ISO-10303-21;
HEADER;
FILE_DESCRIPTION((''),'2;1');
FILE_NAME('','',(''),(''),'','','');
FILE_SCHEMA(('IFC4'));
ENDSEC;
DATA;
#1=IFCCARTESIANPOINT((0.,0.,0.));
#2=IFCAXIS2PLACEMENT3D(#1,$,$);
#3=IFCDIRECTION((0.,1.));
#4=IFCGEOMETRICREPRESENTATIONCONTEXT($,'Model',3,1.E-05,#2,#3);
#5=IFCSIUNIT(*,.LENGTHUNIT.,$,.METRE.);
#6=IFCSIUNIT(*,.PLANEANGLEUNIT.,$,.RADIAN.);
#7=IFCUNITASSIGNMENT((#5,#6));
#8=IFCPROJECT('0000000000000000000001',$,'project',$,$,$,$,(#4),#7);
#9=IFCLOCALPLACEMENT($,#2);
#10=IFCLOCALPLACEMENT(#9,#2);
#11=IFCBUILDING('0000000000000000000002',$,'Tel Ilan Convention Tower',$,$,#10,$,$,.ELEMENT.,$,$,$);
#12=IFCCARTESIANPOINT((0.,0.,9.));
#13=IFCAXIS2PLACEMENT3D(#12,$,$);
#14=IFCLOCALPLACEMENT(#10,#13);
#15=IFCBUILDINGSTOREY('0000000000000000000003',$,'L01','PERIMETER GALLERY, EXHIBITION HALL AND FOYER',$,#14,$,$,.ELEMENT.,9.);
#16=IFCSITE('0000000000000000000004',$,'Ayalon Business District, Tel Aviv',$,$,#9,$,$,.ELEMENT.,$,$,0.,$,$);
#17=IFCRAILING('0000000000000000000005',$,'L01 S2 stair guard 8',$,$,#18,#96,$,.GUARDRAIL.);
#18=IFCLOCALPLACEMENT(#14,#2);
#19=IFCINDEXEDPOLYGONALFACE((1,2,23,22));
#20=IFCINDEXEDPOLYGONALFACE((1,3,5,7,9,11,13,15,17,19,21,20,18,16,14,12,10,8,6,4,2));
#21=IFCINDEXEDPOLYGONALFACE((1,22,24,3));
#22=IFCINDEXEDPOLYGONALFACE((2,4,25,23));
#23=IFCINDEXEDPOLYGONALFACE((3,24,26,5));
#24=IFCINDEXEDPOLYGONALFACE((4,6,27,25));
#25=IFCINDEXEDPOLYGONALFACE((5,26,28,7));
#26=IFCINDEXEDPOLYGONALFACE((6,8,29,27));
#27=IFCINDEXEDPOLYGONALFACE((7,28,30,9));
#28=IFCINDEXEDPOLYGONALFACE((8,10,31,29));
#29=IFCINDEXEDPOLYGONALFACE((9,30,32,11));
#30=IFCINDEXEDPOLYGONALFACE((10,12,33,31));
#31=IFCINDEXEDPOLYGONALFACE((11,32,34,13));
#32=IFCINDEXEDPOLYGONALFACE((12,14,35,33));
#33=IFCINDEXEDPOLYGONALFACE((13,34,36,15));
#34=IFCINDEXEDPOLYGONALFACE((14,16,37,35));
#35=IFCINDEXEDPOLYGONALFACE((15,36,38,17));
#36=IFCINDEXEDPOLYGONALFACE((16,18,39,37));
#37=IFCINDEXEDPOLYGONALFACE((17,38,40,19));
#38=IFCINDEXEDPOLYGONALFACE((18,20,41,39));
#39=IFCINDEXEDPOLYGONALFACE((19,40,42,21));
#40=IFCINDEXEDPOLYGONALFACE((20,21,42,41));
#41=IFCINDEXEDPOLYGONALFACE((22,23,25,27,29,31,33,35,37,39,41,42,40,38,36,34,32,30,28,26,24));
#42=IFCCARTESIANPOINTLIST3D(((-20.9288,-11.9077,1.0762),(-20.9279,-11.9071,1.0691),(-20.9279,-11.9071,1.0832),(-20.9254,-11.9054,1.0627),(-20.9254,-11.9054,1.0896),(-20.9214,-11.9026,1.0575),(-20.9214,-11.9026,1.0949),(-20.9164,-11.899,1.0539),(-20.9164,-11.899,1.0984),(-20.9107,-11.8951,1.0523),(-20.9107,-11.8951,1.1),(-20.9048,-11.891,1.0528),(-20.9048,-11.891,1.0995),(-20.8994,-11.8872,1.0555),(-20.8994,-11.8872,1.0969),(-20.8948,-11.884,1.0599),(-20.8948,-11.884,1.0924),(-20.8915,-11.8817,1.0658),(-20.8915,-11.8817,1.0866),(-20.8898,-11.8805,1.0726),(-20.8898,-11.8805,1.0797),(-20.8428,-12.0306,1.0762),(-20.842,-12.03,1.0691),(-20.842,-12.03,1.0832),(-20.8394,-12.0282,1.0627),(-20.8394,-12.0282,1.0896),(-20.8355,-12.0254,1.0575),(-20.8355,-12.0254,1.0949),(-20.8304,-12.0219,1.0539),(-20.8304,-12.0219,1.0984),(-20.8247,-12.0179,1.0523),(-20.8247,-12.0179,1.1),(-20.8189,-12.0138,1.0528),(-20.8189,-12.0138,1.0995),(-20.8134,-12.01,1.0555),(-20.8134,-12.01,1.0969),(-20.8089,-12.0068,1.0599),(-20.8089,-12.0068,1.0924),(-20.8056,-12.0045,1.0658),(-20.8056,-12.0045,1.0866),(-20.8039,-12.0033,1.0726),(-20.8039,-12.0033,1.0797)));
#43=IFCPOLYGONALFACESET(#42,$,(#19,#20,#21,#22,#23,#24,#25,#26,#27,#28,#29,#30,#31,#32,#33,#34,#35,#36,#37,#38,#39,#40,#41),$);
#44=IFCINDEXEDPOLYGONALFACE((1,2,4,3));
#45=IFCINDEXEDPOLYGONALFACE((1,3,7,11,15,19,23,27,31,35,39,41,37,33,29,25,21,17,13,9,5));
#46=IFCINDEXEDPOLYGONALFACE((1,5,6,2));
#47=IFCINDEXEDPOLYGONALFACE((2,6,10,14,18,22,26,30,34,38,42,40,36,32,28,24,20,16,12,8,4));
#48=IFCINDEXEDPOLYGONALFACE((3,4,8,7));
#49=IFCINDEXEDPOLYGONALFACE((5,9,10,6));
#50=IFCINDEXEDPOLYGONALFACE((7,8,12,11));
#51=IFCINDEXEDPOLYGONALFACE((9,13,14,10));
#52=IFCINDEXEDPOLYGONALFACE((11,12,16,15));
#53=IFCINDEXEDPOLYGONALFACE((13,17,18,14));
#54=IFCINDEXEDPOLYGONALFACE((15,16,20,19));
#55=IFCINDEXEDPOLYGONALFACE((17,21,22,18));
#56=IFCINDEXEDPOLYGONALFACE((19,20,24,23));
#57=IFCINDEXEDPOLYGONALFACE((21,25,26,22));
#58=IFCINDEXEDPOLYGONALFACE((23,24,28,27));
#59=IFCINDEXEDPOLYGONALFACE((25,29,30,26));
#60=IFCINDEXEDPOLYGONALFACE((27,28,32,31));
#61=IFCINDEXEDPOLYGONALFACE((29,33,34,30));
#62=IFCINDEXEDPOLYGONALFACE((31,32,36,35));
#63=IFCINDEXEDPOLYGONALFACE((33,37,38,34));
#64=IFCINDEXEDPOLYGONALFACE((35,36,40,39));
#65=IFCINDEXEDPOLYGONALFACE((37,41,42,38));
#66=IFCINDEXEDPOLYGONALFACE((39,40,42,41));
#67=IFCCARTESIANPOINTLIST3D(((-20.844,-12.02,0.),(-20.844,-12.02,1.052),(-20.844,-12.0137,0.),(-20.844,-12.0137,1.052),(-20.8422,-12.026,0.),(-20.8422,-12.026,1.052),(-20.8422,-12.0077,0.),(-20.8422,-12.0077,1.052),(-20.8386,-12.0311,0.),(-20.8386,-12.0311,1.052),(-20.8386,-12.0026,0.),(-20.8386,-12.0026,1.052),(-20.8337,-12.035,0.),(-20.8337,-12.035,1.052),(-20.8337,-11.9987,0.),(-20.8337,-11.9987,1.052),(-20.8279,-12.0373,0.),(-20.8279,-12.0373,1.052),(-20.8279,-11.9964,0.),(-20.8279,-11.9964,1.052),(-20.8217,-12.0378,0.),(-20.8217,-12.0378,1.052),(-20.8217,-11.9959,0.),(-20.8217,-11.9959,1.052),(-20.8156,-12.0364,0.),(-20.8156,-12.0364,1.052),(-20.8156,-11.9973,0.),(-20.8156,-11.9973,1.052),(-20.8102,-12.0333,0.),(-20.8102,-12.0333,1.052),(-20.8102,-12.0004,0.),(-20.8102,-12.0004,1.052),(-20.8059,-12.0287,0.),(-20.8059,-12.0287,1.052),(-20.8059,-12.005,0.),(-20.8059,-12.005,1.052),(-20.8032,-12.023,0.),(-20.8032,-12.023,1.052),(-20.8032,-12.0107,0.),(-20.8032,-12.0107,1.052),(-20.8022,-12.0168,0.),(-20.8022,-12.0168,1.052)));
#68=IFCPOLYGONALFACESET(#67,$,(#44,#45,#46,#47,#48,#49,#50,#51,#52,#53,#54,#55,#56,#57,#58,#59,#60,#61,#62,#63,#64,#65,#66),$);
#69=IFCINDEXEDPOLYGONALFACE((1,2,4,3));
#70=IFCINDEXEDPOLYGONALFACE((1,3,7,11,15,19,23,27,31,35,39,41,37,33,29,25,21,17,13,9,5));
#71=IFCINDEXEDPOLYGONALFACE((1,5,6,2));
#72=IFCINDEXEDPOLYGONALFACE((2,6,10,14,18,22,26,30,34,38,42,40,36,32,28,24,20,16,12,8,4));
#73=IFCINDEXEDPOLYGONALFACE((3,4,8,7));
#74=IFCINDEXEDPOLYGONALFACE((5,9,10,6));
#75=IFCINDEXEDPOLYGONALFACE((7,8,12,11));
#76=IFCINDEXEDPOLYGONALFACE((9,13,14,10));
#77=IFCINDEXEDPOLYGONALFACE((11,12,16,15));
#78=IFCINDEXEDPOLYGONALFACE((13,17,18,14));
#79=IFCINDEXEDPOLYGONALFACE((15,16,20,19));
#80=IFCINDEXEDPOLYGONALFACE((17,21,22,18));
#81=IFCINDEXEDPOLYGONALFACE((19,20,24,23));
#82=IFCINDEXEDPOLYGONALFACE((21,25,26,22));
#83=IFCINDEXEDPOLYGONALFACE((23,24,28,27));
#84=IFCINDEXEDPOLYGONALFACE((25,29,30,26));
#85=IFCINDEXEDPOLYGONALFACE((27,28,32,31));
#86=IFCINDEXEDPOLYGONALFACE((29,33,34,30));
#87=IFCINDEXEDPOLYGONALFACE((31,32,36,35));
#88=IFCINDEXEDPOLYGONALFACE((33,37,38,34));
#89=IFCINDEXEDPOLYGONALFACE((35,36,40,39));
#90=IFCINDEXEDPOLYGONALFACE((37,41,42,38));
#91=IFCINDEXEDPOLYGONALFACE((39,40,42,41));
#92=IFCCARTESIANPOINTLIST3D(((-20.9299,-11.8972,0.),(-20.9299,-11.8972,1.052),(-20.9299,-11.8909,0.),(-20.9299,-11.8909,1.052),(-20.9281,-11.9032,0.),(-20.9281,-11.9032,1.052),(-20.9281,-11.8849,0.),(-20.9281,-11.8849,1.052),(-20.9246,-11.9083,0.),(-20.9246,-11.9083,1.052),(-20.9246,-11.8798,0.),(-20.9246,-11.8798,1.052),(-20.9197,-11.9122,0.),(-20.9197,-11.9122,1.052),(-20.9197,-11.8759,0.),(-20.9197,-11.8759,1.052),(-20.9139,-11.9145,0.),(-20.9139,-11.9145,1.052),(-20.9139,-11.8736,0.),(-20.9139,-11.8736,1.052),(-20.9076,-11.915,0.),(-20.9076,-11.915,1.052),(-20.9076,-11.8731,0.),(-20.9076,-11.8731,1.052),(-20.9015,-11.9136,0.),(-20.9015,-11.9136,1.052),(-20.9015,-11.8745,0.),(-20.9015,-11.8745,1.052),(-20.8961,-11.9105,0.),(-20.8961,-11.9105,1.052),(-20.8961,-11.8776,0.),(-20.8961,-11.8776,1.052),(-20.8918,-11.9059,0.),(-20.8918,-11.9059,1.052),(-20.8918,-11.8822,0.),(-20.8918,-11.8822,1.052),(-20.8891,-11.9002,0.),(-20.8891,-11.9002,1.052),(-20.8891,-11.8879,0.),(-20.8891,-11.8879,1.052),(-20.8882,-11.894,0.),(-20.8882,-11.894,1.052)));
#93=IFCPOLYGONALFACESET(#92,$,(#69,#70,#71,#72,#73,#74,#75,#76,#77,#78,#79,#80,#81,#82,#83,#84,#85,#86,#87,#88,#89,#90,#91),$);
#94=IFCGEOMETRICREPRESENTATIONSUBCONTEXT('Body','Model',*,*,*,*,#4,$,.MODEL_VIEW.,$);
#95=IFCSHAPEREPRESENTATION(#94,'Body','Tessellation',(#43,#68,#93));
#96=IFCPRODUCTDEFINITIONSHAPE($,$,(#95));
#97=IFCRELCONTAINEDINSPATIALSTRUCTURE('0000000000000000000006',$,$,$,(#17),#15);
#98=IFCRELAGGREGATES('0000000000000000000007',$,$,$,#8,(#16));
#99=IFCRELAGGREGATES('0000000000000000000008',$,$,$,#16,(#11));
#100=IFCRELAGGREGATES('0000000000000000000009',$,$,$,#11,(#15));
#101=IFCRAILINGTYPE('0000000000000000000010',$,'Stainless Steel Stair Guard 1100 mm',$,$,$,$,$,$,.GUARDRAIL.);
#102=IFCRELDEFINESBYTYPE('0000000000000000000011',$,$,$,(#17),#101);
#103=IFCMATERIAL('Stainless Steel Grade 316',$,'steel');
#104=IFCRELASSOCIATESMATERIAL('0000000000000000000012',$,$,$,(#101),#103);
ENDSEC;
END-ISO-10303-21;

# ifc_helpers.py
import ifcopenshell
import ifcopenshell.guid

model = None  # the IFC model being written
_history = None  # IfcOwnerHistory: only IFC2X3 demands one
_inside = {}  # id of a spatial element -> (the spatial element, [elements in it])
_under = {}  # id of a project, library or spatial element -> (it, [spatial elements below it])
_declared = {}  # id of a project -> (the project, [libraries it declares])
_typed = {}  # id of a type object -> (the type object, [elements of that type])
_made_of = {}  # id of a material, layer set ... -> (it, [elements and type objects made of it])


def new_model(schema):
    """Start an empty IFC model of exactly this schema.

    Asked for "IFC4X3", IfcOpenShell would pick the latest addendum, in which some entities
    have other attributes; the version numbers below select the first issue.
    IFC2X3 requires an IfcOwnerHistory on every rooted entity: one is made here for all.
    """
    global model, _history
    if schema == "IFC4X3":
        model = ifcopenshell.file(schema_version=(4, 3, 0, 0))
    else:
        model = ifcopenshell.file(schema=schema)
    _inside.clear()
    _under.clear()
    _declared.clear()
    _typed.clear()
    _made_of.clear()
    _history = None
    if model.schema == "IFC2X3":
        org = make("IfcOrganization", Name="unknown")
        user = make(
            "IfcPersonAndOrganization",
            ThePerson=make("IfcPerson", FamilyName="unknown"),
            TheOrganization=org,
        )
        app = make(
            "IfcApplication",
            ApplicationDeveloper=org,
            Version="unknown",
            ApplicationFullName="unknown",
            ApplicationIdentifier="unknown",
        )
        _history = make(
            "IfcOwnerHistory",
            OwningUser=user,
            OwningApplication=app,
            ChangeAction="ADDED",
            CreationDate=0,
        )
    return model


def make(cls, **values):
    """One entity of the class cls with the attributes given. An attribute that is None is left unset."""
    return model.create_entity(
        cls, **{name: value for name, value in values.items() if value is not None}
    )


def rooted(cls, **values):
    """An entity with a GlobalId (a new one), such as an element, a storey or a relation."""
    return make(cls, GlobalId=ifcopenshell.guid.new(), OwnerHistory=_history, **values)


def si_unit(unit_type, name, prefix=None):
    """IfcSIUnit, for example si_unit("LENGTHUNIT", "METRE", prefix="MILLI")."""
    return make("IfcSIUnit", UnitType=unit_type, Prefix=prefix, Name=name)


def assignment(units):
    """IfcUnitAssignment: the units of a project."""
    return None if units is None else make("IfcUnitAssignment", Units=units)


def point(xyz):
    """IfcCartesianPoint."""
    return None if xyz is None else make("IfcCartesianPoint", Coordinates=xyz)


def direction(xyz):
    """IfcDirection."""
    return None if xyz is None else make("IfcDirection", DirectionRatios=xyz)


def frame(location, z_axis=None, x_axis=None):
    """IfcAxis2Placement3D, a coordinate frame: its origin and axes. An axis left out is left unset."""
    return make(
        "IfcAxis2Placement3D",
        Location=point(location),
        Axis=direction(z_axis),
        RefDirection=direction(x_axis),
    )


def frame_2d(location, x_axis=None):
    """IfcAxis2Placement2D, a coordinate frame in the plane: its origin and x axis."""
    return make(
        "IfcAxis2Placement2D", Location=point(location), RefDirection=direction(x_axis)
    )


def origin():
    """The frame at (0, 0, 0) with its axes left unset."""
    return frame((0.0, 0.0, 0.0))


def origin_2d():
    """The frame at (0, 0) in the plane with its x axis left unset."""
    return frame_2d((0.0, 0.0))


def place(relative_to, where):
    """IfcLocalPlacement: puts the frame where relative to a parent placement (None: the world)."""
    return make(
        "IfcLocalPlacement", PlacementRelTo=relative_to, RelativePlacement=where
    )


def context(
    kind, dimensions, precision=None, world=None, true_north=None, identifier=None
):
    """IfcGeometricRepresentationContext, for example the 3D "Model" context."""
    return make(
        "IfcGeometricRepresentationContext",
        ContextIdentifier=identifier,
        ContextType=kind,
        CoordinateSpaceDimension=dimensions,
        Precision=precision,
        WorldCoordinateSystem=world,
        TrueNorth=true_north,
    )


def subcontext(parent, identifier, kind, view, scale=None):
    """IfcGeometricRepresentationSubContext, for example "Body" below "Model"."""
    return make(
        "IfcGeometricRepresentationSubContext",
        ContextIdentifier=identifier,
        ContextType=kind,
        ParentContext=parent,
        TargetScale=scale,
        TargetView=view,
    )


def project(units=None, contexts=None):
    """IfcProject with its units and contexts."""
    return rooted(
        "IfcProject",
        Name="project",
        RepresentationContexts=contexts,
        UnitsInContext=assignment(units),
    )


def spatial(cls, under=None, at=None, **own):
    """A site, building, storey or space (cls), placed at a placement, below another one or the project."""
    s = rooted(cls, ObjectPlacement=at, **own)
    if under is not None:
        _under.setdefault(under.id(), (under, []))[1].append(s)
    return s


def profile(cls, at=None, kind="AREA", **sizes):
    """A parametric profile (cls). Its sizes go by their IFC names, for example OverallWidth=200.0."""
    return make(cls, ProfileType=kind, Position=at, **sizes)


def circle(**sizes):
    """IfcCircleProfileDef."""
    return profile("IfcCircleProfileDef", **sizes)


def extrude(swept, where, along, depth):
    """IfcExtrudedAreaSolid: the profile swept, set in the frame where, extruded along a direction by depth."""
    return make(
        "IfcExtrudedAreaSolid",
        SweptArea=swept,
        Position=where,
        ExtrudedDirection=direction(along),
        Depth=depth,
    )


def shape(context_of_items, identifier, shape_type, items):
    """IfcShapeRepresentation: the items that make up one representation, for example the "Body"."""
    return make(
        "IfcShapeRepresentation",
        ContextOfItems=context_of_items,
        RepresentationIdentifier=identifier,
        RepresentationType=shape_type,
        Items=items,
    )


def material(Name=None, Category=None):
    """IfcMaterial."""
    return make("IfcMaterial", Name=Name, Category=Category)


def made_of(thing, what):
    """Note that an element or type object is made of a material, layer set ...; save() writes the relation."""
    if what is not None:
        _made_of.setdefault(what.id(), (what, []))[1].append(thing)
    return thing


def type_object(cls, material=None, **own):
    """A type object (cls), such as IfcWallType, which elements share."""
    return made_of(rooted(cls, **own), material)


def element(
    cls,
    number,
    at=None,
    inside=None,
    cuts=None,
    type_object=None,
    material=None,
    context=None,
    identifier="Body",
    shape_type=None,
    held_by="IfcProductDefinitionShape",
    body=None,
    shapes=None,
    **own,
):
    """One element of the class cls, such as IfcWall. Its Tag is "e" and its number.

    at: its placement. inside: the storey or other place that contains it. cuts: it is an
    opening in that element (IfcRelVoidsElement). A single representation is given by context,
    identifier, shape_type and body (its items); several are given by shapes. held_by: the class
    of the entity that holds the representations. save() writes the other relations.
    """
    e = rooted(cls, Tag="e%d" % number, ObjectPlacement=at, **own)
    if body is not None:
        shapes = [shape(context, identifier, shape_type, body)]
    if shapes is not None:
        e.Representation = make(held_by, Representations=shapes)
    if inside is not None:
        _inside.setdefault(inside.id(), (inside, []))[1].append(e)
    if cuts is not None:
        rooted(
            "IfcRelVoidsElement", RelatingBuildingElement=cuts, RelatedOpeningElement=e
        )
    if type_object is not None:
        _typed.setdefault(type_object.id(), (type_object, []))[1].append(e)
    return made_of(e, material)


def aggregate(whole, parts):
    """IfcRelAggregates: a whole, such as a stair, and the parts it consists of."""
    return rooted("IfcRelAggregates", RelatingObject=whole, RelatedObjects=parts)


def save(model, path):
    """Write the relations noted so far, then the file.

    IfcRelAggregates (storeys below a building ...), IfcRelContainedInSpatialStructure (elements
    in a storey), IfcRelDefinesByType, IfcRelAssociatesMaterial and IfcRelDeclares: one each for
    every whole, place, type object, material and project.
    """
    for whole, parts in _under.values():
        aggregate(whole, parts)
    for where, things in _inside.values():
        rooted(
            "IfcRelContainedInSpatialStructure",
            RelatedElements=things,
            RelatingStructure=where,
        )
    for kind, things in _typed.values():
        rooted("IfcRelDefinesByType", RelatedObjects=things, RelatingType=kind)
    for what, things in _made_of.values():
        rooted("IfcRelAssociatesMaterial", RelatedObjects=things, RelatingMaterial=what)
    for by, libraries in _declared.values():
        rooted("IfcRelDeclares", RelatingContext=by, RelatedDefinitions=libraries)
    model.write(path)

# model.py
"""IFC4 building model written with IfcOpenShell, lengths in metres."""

from ifc_helpers import new_model, si_unit, direction, frame, origin, origin_2d, place, context, subcontext, project, spatial, circle, extrude, material, type_object, element, save


model = new_model("IFC4")

# Units and contexts
model_context = context("Model", 3, precision=1e-05, world=origin(), true_north=direction((0.0, 1.0)))
body_context = subcontext(model_context, "Body", "Model", "MODEL_VIEW")
ifc_project = project(units=[si_unit("LENGTHUNIT", "METRE"), si_unit("PLANEANGLEUNIT", "RADIAN")], contexts=[model_context])

# Site, building, storey
site_placement = place(None, origin())
site = spatial("IfcSite", under=ifc_project, at=site_placement, Name="Ayalon Business District, Tel Aviv", CompositionType="ELEMENT", RefElevation=0.0)
building_placement = place(site_placement, origin())
building = spatial("IfcBuilding", under=site, at=building_placement, Name="Tel Ilan Convention Tower", CompositionType="ELEMENT")
storey_placement = place(building_placement, frame((0.0, 0.0, 9.0)))
storey = spatial("IfcBuildingStorey", under=building, at=storey_placement, Name="L01", Description="PERIMETER GALLERY, EXHIBITION HALL AND FOYER", CompositionType="ELEMENT", Elevation=9.0)

# Railing
ifc_material_1 = material(Name="Stainless Steel Grade 316", Category="steel")
railing_type_1 = type_object("IfcRailingType", Name="Stainless Steel Stair Guard 1100 mm", PredefinedType="GUARDRAIL", material=ifc_material_1)
railing_1_placement = place(storey_placement, frame((-20.8232, -12.0168, 0.0)))
element("IfcRailing", 1, at=railing_1_placement, inside=storey, type_object=railing_type_1, Name="L01 S2 stair guard 8", PredefinedType="GUARDRAIL", context=body_context, shape_type="SweptSolid", body=[
    extrude(circle(Radius=0.0239, at=origin_2d()), frame((0.0, 0.0, 1.0762), z_axis=(-0.573353, 0.819308, 0.0), x_axis=(-0.819308, -0.573353, 0.0)), (0.0, 0.0, 1.0), 0.1499),
    extrude(circle(Radius=0.021, at=origin_2d()), origin(), (0.0, 0.0, 1.0), 1.052),
    extrude(circle(Radius=0.021, at=origin_2d()), frame((-0.0859, 0.1228, 0.0)), (0.0, 0.0, 1.0), 1.052),
])

save(model, "model.ifc")
